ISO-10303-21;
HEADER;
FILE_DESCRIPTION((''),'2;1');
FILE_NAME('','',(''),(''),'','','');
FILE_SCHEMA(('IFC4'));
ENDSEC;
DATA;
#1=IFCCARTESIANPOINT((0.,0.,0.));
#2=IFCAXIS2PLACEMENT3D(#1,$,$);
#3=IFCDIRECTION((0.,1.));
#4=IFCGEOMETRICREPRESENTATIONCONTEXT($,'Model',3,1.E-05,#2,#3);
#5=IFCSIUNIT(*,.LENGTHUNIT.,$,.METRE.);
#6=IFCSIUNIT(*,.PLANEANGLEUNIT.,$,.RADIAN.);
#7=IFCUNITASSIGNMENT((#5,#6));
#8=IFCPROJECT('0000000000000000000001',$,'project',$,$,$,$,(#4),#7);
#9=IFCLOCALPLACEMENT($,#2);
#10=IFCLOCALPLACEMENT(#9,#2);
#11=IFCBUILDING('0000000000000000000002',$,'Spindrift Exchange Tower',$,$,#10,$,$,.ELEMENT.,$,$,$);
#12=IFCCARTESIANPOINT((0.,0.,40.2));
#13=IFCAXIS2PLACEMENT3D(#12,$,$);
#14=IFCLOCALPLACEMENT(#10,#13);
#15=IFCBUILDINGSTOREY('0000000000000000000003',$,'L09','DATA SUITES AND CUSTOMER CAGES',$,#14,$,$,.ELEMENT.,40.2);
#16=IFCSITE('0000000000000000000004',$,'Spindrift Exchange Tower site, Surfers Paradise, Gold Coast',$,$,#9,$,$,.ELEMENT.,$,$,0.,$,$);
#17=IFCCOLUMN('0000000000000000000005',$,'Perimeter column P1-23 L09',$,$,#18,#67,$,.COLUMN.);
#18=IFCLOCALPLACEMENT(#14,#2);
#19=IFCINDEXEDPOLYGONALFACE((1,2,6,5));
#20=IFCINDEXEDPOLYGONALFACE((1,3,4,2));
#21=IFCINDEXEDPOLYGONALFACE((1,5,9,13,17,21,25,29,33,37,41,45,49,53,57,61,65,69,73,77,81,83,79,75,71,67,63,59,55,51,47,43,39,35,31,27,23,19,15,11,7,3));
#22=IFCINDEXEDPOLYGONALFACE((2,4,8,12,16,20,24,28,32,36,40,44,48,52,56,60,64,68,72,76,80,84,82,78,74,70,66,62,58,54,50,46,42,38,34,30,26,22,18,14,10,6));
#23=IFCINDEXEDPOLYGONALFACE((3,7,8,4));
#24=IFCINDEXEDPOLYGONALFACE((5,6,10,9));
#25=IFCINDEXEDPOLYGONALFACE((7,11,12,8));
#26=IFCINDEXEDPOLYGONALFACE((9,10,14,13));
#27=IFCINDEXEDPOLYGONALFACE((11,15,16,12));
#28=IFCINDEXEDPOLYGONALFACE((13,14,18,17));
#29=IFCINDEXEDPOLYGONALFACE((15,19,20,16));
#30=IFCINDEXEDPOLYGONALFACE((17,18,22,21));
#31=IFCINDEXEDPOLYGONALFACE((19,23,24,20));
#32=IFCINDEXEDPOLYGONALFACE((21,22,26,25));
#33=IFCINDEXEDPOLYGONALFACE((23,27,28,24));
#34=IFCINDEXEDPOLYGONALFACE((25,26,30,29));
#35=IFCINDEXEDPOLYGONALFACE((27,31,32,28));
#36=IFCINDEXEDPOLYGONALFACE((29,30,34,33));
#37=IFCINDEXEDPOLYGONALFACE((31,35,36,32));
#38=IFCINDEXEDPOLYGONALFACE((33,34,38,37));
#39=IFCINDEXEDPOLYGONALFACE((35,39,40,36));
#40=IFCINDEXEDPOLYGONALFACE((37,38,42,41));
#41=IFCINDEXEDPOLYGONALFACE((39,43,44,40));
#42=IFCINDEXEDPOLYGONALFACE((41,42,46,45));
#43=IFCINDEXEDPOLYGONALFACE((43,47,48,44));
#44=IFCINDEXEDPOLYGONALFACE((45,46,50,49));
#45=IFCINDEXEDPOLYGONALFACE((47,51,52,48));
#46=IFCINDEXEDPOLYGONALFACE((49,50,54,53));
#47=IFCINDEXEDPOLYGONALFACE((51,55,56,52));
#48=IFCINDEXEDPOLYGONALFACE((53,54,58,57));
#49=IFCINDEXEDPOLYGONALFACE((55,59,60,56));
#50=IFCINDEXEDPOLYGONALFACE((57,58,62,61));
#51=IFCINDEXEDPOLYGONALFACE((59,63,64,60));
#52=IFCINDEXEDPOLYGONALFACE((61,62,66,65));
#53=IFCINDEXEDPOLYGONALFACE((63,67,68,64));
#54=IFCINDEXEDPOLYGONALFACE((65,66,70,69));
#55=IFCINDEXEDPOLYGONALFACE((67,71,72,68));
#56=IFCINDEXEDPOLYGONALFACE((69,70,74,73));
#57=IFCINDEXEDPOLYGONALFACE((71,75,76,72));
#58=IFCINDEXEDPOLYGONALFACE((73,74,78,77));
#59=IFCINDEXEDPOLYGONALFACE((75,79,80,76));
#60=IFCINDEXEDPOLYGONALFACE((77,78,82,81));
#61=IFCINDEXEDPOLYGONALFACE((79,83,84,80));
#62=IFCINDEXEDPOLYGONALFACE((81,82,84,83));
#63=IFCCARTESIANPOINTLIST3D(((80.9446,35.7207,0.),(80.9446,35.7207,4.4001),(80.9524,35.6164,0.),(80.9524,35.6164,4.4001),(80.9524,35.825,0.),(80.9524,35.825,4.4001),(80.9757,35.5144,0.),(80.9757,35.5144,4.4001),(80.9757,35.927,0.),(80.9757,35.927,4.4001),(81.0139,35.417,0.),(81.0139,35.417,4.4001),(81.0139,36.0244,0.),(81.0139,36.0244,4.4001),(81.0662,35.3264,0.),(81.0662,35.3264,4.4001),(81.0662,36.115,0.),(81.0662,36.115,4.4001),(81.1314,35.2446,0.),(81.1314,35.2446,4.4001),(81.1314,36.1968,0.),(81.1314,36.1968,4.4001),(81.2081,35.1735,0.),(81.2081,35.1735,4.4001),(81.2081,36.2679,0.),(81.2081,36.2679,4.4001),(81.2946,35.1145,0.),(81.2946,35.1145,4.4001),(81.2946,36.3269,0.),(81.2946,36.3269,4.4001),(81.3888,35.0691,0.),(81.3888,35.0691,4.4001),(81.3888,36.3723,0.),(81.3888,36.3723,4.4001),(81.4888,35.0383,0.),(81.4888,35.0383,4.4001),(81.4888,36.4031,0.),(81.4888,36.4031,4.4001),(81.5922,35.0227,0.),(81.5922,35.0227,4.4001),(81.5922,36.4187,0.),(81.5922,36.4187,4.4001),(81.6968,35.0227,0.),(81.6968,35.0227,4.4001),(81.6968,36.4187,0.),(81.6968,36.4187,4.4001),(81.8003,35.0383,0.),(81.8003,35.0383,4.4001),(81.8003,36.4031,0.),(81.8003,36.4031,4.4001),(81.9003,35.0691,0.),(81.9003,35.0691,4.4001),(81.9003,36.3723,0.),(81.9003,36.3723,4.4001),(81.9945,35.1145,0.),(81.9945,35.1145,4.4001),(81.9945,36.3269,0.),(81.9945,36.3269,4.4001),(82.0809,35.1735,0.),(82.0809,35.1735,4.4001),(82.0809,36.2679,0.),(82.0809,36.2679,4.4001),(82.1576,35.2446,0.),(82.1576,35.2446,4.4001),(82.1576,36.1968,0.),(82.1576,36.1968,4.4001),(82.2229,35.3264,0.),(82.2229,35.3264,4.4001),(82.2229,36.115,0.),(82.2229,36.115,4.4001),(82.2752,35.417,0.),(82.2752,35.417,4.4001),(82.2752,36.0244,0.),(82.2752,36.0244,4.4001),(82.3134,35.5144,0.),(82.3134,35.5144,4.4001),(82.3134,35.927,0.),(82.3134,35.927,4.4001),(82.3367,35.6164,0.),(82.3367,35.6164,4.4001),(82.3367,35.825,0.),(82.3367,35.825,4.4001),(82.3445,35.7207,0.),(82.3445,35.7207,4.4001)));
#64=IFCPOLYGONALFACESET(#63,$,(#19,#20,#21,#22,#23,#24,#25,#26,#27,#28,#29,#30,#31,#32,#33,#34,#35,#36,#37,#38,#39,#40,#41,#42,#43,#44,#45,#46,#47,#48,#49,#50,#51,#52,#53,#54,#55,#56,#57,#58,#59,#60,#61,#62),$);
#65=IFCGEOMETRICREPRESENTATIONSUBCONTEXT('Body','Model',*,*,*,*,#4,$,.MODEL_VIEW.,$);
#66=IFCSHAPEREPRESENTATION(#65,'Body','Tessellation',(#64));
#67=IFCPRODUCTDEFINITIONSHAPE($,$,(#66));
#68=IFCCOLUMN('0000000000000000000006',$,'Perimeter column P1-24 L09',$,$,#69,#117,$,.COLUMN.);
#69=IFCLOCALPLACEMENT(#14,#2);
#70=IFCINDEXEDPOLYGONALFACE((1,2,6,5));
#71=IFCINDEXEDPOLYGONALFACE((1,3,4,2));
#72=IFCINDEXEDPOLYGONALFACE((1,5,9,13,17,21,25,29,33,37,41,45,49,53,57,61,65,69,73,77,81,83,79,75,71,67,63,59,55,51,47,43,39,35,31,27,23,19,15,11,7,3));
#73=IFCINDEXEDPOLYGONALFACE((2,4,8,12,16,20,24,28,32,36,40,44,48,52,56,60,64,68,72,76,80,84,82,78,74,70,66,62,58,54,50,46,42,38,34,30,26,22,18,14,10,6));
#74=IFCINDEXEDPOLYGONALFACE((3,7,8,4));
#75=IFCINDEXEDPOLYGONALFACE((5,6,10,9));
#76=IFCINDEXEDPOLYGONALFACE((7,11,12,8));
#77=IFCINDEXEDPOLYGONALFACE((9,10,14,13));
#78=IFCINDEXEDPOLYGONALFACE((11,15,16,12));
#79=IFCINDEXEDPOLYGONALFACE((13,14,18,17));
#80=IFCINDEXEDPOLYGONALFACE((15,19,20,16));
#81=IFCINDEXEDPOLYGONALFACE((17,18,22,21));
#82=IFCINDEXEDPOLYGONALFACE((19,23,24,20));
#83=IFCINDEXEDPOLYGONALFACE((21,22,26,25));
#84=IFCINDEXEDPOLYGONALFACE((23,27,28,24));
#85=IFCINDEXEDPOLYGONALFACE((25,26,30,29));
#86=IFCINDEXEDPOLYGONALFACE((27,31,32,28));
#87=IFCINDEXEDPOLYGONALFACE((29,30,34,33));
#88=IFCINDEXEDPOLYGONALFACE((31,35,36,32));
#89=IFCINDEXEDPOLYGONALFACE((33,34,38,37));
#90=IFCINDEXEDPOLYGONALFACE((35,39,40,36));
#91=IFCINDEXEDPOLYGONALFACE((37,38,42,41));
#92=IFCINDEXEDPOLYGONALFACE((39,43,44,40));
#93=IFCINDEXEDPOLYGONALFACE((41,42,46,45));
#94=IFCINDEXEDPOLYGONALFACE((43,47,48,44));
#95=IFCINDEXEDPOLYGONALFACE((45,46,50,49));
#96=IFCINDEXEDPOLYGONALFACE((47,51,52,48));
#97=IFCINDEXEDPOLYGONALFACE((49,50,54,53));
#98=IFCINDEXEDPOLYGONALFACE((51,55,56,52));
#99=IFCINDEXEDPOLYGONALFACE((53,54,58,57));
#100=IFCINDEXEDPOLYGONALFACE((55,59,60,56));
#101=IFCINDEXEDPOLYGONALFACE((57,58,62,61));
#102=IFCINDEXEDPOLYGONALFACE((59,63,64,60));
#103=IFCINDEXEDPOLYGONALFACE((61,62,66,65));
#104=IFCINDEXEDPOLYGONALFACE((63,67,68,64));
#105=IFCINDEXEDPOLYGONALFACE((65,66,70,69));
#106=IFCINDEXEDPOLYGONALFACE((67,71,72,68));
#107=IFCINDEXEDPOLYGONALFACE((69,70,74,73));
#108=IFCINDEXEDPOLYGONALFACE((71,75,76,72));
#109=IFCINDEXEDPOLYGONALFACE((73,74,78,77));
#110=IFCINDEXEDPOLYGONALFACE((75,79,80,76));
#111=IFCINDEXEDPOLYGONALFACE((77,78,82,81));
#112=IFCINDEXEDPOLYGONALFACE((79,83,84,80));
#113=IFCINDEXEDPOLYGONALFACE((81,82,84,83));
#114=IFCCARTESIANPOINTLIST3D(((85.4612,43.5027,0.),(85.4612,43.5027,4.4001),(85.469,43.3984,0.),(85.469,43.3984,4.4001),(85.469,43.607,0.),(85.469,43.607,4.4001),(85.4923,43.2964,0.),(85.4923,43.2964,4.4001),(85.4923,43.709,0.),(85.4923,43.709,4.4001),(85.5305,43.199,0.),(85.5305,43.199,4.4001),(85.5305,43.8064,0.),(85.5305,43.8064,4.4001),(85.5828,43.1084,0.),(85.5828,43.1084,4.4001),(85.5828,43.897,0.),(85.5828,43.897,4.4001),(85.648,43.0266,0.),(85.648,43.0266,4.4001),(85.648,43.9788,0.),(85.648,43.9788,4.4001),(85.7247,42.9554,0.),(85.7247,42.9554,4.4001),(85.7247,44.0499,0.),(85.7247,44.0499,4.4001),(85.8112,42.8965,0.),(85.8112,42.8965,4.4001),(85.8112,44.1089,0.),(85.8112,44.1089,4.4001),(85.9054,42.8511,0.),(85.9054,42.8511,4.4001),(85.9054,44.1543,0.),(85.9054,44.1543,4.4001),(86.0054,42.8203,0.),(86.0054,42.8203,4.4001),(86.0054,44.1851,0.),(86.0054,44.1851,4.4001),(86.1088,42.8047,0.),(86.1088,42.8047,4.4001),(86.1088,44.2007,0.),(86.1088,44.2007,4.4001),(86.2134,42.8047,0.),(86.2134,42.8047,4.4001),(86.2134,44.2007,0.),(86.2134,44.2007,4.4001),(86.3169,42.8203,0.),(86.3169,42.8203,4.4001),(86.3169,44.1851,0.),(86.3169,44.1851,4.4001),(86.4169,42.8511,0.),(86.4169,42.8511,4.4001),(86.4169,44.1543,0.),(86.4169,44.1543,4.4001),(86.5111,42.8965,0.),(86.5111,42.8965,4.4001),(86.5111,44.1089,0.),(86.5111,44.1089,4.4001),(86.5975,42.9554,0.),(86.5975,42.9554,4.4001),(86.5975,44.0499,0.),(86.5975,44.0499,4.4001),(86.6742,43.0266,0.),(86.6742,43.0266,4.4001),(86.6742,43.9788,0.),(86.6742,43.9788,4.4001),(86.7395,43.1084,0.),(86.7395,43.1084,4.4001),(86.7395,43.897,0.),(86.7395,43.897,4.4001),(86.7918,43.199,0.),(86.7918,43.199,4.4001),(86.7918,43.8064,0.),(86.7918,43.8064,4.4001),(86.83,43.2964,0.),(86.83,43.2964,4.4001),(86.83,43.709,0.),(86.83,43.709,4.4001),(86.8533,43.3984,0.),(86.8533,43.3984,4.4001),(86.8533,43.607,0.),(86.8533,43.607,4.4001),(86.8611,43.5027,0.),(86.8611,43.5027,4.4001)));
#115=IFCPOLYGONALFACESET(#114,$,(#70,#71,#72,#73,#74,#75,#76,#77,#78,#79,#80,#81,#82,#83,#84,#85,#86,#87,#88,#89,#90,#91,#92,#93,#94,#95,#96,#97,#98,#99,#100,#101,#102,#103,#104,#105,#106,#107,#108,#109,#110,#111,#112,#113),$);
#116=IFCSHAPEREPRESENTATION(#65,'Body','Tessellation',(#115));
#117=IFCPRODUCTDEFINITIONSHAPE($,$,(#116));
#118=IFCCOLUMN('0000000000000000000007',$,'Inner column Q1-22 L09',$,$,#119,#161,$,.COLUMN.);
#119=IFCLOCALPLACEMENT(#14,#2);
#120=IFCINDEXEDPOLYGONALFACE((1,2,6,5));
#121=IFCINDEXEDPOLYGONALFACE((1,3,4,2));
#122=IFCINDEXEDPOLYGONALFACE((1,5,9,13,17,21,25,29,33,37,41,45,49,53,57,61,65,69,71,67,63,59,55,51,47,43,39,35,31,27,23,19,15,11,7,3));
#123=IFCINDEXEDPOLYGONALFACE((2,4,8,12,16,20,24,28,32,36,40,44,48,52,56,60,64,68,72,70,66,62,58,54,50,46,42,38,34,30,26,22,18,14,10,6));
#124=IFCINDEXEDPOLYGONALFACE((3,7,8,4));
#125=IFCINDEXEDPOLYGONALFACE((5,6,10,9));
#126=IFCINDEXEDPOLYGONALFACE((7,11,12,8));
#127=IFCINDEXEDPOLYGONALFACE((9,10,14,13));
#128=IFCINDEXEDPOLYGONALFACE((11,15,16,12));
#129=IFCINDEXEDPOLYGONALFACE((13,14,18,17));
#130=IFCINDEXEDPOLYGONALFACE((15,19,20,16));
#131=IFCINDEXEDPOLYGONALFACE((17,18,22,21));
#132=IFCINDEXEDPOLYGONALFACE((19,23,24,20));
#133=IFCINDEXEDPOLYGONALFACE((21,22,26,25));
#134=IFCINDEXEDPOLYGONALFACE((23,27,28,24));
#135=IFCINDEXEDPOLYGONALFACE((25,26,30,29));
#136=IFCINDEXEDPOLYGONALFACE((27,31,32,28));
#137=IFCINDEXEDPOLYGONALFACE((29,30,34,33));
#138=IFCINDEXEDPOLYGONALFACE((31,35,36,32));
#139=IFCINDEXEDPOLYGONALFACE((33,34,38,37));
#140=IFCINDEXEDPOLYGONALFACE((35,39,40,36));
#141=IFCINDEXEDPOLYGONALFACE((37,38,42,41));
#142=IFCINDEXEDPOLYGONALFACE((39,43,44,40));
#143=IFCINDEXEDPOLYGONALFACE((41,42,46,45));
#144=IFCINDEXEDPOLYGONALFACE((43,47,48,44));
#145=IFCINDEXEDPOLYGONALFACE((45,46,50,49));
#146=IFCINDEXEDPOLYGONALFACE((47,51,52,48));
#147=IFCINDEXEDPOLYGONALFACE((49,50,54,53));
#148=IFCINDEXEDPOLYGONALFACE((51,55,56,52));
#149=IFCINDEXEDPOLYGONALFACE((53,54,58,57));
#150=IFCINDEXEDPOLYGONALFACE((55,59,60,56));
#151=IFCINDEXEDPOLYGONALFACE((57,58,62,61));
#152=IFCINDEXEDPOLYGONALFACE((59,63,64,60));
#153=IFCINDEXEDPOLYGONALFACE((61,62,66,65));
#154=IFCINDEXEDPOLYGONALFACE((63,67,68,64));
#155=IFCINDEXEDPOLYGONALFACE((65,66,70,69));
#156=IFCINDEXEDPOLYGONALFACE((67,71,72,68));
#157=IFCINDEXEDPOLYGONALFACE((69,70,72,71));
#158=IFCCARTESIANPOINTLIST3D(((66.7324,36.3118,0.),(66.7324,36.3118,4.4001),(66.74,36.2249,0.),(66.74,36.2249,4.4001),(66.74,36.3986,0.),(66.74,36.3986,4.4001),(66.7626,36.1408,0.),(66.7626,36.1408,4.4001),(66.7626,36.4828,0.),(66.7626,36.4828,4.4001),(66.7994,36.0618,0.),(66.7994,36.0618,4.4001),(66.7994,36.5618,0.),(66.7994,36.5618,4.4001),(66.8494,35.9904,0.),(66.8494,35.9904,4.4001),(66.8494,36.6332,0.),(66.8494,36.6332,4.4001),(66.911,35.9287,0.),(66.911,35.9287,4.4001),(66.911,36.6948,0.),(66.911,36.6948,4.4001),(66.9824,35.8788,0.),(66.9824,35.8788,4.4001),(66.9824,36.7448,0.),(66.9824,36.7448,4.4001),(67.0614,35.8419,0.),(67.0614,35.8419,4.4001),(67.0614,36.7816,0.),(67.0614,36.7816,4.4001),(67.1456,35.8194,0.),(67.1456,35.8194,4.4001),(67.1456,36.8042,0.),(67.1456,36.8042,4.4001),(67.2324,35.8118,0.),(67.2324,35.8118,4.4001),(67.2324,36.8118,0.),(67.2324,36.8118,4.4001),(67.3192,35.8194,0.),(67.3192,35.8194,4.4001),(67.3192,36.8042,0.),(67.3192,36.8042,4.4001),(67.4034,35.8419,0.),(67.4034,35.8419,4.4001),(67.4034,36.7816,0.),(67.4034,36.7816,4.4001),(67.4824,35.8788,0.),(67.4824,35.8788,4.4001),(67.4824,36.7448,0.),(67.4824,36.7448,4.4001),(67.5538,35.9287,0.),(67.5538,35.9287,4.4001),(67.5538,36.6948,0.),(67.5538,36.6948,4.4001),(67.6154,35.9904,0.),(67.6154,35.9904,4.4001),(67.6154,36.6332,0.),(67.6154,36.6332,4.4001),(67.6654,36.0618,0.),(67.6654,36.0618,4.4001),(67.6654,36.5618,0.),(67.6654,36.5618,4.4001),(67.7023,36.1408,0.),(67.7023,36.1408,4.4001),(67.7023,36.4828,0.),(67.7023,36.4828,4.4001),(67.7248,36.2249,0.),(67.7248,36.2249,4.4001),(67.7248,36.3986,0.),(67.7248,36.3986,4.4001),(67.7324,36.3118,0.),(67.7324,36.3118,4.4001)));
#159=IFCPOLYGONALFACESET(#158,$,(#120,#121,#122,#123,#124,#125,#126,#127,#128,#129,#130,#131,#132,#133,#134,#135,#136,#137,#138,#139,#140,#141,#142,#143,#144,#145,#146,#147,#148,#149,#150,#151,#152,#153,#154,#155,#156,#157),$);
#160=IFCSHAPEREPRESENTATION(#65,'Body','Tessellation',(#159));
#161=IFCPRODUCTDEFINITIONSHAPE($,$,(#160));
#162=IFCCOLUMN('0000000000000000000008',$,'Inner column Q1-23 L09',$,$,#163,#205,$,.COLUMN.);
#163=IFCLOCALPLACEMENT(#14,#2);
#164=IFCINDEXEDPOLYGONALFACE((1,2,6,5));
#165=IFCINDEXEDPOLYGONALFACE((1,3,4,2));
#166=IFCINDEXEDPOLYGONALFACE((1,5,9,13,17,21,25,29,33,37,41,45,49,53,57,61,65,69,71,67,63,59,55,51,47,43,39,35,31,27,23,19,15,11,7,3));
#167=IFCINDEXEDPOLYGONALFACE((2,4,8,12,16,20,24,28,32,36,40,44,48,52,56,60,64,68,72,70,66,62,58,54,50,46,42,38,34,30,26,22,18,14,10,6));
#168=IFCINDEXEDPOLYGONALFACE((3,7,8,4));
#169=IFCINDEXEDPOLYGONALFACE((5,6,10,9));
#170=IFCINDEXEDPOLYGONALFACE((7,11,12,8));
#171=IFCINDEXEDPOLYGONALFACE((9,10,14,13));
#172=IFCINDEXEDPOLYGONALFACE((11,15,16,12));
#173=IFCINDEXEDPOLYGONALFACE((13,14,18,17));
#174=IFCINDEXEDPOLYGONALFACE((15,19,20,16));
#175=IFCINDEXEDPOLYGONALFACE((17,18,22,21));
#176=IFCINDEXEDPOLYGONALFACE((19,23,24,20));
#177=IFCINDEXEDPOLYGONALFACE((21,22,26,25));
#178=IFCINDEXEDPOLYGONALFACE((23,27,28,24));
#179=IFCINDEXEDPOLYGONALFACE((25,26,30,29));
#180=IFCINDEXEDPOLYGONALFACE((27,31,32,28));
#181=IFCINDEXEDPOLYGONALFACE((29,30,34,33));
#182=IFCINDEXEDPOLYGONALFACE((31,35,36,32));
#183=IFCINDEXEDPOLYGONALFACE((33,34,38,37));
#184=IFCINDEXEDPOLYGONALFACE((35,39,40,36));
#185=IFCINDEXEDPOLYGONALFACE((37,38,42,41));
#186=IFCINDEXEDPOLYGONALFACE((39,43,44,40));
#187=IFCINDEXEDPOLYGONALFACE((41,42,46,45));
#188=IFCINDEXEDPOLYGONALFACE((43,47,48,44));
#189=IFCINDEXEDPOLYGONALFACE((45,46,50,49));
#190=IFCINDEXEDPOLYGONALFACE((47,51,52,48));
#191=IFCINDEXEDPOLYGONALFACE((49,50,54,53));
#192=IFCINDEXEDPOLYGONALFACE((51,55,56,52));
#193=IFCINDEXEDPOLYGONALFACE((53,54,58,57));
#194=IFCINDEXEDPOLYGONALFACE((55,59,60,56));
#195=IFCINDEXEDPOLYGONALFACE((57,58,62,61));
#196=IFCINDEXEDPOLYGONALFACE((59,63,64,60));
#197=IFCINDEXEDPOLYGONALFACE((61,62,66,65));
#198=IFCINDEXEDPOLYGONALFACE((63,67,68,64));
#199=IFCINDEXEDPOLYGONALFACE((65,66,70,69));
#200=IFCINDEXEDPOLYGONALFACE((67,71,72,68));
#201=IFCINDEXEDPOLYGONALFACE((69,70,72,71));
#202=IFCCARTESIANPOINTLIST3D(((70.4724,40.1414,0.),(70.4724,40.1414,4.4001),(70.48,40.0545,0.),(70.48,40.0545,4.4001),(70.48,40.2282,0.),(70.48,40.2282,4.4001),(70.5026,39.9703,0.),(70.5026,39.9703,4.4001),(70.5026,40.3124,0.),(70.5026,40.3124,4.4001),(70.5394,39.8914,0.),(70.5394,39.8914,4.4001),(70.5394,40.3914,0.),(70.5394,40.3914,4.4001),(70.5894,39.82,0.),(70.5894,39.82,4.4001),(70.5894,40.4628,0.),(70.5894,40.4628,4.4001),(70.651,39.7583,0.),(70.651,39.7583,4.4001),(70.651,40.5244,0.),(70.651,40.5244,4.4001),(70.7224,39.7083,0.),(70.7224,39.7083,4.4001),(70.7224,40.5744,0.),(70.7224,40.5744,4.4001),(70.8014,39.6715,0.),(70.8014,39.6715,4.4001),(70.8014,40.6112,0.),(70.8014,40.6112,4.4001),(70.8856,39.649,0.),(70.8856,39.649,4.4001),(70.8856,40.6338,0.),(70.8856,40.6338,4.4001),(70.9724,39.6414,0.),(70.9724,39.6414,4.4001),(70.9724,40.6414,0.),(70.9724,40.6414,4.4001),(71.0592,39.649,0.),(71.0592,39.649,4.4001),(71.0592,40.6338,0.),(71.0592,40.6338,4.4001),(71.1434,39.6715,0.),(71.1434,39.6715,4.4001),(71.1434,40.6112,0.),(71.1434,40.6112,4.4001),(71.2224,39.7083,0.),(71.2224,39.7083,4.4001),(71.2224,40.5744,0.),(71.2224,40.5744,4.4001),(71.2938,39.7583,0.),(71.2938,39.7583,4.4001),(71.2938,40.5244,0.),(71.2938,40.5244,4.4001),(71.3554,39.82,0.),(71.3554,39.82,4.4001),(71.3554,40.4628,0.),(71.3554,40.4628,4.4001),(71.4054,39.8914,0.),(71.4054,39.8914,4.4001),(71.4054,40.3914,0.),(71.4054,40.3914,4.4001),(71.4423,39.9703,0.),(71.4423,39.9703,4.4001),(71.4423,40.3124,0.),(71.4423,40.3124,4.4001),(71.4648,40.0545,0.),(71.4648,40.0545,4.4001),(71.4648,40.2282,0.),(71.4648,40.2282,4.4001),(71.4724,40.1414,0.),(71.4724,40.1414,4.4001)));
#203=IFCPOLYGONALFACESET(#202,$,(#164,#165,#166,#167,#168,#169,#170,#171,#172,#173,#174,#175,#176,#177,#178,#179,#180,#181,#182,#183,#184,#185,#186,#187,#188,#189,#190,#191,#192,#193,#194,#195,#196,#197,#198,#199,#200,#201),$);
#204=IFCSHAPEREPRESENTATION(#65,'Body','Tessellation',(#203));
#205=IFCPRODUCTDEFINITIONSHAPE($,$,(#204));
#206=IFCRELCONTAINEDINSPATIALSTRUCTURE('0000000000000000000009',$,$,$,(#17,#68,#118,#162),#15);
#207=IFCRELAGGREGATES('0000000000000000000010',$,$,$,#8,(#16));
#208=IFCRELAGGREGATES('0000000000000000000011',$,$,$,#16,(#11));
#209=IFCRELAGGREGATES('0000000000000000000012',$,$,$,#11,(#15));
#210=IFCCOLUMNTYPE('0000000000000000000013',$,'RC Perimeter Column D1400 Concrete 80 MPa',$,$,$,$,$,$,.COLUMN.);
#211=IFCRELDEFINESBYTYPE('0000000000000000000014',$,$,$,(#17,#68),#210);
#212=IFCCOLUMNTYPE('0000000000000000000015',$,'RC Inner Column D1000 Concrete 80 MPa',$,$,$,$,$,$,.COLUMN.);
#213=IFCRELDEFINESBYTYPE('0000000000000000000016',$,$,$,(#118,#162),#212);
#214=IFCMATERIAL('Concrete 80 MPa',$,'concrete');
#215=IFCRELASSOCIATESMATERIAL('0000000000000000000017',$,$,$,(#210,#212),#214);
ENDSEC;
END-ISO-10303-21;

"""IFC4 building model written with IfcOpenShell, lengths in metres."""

from ifc_helpers import new_model, si_unit, direction, frame, origin, origin_2d, place, context, subcontext, project, spatial, circle, extrude, source, transform, mapped, material, material_profile, profile_set, type_object, element, save


model = new_model("IFC4")

# Units and contexts
model_context = context("Model", 3, precision=1e-05, world=origin(), true_north=direction((0.0, 1.0)))
body_context = subcontext(model_context, "Body", "Model", "MODEL_VIEW")
ifc_project = project(units=[si_unit("LENGTHUNIT", "METRE"), si_unit("PLANEANGLEUNIT", "RADIAN")], contexts=[model_context])

# Site, building, storey
site_placement = place(None, origin())
site = spatial("IfcSite", under=ifc_project, at=site_placement, Name="Spindrift Exchange Tower site, Surfers Paradise, Gold Coast", CompositionType="ELEMENT", RefElevation=0.0)
building_placement = place(site_placement, origin())
building = spatial("IfcBuilding", under=site, at=building_placement, Name="Spindrift Exchange Tower", CompositionType="ELEMENT")
storey_placement = place(building_placement, frame((0.0, 0.0, 40.2)))
storey = spatial("IfcBuildingStorey", under=building, at=storey_placement, Name="L09", Description="DATA SUITES AND CUSTOMER CAGES", CompositionType="ELEMENT", Elevation=40.2)

# Columns
ifc_material_1 = material(Name="Concrete 80 MPa", Category="concrete")
ifc_material_profile_1 = material_profile(ifc_material_1, circle(Radius=0.7, at=origin_2d()), Name="RC D1400")
ifc_profile_set_1 = profile_set([ifc_material_profile_1], Name="Concrete 80 MPa")
column_type_1 = type_object("IfcColumnType", Name="RC Perimeter Column D1400 Concrete 80 MPa", PredefinedType="COLUMN", material=ifc_profile_set_1)
shared_shape_1 = source(origin(), body_context, "Body", "SweptSolid", [
    extrude(circle(Radius=0.7, at=origin_2d()), origin(), (0.0, 0.0, 1.0), 4.4001),
])
for number, where, z_axis, x_axis, name in (
    (1, (81.6445, 35.7207, 0.0), (0.0, 0.0, 1.0), (1.0, 0.0, 0.0), "Perimeter column P1-23 L09"),
    (2, (86.1611, 43.5027, 0.0), (0.0, 0.0, 1.0), (1.0, 0.0, 0.0), "Perimeter column P1-24 L09"),
):
    element("IfcColumn", number, at=place(storey_placement, frame(where, z_axis=z_axis, x_axis=x_axis)), inside=storey, type_object=column_type_1, Name=name, PredefinedType="COLUMN", context=body_context, shape_type="MappedRepresentation", body=[
        mapped(shared_shape_1, transform((0.0, 0.0, 0.0), scale=1.0)),
    ])
ifc_material_profile_2 = material_profile(ifc_material_1, circle(Radius=0.5, at=origin_2d()), Name="RC D1000")
ifc_profile_set_2 = profile_set([ifc_material_profile_2], Name="Concrete 80 MPa")
column_type_2 = type_object("IfcColumnType", Name="RC Inner Column D1000 Concrete 80 MPa", PredefinedType="COLUMN", material=ifc_profile_set_2)
shared_shape_2 = source(origin(), body_context, "Body", "SweptSolid", [
    extrude(circle(Radius=0.5, at=origin_2d()), origin(), (0.0, 0.0, 1.0), 4.4001),
])
for number, where, z_axis, x_axis, name in (
    (3, (67.2324, 36.3118, 0.0), (0.0, 0.0, 1.0), (1.0, 0.0, 0.0), "Inner column Q1-22 L09"),
    (4, (70.9724, 40.1414, 0.0), (0.0, 0.0, 1.0), (1.0, 0.0, 0.0), "Inner column Q1-23 L09"),
):
    element("IfcColumn", number, at=place(storey_placement, frame(where, z_axis=z_axis, x_axis=x_axis)), inside=storey, type_object=column_type_2, Name=name, PredefinedType="COLUMN", context=body_context, shape_type="MappedRepresentation", body=[
        mapped(shared_shape_2, transform((0.0, 0.0, 0.0), scale=1.0)),
    ])

save(model, "model.ifc")
